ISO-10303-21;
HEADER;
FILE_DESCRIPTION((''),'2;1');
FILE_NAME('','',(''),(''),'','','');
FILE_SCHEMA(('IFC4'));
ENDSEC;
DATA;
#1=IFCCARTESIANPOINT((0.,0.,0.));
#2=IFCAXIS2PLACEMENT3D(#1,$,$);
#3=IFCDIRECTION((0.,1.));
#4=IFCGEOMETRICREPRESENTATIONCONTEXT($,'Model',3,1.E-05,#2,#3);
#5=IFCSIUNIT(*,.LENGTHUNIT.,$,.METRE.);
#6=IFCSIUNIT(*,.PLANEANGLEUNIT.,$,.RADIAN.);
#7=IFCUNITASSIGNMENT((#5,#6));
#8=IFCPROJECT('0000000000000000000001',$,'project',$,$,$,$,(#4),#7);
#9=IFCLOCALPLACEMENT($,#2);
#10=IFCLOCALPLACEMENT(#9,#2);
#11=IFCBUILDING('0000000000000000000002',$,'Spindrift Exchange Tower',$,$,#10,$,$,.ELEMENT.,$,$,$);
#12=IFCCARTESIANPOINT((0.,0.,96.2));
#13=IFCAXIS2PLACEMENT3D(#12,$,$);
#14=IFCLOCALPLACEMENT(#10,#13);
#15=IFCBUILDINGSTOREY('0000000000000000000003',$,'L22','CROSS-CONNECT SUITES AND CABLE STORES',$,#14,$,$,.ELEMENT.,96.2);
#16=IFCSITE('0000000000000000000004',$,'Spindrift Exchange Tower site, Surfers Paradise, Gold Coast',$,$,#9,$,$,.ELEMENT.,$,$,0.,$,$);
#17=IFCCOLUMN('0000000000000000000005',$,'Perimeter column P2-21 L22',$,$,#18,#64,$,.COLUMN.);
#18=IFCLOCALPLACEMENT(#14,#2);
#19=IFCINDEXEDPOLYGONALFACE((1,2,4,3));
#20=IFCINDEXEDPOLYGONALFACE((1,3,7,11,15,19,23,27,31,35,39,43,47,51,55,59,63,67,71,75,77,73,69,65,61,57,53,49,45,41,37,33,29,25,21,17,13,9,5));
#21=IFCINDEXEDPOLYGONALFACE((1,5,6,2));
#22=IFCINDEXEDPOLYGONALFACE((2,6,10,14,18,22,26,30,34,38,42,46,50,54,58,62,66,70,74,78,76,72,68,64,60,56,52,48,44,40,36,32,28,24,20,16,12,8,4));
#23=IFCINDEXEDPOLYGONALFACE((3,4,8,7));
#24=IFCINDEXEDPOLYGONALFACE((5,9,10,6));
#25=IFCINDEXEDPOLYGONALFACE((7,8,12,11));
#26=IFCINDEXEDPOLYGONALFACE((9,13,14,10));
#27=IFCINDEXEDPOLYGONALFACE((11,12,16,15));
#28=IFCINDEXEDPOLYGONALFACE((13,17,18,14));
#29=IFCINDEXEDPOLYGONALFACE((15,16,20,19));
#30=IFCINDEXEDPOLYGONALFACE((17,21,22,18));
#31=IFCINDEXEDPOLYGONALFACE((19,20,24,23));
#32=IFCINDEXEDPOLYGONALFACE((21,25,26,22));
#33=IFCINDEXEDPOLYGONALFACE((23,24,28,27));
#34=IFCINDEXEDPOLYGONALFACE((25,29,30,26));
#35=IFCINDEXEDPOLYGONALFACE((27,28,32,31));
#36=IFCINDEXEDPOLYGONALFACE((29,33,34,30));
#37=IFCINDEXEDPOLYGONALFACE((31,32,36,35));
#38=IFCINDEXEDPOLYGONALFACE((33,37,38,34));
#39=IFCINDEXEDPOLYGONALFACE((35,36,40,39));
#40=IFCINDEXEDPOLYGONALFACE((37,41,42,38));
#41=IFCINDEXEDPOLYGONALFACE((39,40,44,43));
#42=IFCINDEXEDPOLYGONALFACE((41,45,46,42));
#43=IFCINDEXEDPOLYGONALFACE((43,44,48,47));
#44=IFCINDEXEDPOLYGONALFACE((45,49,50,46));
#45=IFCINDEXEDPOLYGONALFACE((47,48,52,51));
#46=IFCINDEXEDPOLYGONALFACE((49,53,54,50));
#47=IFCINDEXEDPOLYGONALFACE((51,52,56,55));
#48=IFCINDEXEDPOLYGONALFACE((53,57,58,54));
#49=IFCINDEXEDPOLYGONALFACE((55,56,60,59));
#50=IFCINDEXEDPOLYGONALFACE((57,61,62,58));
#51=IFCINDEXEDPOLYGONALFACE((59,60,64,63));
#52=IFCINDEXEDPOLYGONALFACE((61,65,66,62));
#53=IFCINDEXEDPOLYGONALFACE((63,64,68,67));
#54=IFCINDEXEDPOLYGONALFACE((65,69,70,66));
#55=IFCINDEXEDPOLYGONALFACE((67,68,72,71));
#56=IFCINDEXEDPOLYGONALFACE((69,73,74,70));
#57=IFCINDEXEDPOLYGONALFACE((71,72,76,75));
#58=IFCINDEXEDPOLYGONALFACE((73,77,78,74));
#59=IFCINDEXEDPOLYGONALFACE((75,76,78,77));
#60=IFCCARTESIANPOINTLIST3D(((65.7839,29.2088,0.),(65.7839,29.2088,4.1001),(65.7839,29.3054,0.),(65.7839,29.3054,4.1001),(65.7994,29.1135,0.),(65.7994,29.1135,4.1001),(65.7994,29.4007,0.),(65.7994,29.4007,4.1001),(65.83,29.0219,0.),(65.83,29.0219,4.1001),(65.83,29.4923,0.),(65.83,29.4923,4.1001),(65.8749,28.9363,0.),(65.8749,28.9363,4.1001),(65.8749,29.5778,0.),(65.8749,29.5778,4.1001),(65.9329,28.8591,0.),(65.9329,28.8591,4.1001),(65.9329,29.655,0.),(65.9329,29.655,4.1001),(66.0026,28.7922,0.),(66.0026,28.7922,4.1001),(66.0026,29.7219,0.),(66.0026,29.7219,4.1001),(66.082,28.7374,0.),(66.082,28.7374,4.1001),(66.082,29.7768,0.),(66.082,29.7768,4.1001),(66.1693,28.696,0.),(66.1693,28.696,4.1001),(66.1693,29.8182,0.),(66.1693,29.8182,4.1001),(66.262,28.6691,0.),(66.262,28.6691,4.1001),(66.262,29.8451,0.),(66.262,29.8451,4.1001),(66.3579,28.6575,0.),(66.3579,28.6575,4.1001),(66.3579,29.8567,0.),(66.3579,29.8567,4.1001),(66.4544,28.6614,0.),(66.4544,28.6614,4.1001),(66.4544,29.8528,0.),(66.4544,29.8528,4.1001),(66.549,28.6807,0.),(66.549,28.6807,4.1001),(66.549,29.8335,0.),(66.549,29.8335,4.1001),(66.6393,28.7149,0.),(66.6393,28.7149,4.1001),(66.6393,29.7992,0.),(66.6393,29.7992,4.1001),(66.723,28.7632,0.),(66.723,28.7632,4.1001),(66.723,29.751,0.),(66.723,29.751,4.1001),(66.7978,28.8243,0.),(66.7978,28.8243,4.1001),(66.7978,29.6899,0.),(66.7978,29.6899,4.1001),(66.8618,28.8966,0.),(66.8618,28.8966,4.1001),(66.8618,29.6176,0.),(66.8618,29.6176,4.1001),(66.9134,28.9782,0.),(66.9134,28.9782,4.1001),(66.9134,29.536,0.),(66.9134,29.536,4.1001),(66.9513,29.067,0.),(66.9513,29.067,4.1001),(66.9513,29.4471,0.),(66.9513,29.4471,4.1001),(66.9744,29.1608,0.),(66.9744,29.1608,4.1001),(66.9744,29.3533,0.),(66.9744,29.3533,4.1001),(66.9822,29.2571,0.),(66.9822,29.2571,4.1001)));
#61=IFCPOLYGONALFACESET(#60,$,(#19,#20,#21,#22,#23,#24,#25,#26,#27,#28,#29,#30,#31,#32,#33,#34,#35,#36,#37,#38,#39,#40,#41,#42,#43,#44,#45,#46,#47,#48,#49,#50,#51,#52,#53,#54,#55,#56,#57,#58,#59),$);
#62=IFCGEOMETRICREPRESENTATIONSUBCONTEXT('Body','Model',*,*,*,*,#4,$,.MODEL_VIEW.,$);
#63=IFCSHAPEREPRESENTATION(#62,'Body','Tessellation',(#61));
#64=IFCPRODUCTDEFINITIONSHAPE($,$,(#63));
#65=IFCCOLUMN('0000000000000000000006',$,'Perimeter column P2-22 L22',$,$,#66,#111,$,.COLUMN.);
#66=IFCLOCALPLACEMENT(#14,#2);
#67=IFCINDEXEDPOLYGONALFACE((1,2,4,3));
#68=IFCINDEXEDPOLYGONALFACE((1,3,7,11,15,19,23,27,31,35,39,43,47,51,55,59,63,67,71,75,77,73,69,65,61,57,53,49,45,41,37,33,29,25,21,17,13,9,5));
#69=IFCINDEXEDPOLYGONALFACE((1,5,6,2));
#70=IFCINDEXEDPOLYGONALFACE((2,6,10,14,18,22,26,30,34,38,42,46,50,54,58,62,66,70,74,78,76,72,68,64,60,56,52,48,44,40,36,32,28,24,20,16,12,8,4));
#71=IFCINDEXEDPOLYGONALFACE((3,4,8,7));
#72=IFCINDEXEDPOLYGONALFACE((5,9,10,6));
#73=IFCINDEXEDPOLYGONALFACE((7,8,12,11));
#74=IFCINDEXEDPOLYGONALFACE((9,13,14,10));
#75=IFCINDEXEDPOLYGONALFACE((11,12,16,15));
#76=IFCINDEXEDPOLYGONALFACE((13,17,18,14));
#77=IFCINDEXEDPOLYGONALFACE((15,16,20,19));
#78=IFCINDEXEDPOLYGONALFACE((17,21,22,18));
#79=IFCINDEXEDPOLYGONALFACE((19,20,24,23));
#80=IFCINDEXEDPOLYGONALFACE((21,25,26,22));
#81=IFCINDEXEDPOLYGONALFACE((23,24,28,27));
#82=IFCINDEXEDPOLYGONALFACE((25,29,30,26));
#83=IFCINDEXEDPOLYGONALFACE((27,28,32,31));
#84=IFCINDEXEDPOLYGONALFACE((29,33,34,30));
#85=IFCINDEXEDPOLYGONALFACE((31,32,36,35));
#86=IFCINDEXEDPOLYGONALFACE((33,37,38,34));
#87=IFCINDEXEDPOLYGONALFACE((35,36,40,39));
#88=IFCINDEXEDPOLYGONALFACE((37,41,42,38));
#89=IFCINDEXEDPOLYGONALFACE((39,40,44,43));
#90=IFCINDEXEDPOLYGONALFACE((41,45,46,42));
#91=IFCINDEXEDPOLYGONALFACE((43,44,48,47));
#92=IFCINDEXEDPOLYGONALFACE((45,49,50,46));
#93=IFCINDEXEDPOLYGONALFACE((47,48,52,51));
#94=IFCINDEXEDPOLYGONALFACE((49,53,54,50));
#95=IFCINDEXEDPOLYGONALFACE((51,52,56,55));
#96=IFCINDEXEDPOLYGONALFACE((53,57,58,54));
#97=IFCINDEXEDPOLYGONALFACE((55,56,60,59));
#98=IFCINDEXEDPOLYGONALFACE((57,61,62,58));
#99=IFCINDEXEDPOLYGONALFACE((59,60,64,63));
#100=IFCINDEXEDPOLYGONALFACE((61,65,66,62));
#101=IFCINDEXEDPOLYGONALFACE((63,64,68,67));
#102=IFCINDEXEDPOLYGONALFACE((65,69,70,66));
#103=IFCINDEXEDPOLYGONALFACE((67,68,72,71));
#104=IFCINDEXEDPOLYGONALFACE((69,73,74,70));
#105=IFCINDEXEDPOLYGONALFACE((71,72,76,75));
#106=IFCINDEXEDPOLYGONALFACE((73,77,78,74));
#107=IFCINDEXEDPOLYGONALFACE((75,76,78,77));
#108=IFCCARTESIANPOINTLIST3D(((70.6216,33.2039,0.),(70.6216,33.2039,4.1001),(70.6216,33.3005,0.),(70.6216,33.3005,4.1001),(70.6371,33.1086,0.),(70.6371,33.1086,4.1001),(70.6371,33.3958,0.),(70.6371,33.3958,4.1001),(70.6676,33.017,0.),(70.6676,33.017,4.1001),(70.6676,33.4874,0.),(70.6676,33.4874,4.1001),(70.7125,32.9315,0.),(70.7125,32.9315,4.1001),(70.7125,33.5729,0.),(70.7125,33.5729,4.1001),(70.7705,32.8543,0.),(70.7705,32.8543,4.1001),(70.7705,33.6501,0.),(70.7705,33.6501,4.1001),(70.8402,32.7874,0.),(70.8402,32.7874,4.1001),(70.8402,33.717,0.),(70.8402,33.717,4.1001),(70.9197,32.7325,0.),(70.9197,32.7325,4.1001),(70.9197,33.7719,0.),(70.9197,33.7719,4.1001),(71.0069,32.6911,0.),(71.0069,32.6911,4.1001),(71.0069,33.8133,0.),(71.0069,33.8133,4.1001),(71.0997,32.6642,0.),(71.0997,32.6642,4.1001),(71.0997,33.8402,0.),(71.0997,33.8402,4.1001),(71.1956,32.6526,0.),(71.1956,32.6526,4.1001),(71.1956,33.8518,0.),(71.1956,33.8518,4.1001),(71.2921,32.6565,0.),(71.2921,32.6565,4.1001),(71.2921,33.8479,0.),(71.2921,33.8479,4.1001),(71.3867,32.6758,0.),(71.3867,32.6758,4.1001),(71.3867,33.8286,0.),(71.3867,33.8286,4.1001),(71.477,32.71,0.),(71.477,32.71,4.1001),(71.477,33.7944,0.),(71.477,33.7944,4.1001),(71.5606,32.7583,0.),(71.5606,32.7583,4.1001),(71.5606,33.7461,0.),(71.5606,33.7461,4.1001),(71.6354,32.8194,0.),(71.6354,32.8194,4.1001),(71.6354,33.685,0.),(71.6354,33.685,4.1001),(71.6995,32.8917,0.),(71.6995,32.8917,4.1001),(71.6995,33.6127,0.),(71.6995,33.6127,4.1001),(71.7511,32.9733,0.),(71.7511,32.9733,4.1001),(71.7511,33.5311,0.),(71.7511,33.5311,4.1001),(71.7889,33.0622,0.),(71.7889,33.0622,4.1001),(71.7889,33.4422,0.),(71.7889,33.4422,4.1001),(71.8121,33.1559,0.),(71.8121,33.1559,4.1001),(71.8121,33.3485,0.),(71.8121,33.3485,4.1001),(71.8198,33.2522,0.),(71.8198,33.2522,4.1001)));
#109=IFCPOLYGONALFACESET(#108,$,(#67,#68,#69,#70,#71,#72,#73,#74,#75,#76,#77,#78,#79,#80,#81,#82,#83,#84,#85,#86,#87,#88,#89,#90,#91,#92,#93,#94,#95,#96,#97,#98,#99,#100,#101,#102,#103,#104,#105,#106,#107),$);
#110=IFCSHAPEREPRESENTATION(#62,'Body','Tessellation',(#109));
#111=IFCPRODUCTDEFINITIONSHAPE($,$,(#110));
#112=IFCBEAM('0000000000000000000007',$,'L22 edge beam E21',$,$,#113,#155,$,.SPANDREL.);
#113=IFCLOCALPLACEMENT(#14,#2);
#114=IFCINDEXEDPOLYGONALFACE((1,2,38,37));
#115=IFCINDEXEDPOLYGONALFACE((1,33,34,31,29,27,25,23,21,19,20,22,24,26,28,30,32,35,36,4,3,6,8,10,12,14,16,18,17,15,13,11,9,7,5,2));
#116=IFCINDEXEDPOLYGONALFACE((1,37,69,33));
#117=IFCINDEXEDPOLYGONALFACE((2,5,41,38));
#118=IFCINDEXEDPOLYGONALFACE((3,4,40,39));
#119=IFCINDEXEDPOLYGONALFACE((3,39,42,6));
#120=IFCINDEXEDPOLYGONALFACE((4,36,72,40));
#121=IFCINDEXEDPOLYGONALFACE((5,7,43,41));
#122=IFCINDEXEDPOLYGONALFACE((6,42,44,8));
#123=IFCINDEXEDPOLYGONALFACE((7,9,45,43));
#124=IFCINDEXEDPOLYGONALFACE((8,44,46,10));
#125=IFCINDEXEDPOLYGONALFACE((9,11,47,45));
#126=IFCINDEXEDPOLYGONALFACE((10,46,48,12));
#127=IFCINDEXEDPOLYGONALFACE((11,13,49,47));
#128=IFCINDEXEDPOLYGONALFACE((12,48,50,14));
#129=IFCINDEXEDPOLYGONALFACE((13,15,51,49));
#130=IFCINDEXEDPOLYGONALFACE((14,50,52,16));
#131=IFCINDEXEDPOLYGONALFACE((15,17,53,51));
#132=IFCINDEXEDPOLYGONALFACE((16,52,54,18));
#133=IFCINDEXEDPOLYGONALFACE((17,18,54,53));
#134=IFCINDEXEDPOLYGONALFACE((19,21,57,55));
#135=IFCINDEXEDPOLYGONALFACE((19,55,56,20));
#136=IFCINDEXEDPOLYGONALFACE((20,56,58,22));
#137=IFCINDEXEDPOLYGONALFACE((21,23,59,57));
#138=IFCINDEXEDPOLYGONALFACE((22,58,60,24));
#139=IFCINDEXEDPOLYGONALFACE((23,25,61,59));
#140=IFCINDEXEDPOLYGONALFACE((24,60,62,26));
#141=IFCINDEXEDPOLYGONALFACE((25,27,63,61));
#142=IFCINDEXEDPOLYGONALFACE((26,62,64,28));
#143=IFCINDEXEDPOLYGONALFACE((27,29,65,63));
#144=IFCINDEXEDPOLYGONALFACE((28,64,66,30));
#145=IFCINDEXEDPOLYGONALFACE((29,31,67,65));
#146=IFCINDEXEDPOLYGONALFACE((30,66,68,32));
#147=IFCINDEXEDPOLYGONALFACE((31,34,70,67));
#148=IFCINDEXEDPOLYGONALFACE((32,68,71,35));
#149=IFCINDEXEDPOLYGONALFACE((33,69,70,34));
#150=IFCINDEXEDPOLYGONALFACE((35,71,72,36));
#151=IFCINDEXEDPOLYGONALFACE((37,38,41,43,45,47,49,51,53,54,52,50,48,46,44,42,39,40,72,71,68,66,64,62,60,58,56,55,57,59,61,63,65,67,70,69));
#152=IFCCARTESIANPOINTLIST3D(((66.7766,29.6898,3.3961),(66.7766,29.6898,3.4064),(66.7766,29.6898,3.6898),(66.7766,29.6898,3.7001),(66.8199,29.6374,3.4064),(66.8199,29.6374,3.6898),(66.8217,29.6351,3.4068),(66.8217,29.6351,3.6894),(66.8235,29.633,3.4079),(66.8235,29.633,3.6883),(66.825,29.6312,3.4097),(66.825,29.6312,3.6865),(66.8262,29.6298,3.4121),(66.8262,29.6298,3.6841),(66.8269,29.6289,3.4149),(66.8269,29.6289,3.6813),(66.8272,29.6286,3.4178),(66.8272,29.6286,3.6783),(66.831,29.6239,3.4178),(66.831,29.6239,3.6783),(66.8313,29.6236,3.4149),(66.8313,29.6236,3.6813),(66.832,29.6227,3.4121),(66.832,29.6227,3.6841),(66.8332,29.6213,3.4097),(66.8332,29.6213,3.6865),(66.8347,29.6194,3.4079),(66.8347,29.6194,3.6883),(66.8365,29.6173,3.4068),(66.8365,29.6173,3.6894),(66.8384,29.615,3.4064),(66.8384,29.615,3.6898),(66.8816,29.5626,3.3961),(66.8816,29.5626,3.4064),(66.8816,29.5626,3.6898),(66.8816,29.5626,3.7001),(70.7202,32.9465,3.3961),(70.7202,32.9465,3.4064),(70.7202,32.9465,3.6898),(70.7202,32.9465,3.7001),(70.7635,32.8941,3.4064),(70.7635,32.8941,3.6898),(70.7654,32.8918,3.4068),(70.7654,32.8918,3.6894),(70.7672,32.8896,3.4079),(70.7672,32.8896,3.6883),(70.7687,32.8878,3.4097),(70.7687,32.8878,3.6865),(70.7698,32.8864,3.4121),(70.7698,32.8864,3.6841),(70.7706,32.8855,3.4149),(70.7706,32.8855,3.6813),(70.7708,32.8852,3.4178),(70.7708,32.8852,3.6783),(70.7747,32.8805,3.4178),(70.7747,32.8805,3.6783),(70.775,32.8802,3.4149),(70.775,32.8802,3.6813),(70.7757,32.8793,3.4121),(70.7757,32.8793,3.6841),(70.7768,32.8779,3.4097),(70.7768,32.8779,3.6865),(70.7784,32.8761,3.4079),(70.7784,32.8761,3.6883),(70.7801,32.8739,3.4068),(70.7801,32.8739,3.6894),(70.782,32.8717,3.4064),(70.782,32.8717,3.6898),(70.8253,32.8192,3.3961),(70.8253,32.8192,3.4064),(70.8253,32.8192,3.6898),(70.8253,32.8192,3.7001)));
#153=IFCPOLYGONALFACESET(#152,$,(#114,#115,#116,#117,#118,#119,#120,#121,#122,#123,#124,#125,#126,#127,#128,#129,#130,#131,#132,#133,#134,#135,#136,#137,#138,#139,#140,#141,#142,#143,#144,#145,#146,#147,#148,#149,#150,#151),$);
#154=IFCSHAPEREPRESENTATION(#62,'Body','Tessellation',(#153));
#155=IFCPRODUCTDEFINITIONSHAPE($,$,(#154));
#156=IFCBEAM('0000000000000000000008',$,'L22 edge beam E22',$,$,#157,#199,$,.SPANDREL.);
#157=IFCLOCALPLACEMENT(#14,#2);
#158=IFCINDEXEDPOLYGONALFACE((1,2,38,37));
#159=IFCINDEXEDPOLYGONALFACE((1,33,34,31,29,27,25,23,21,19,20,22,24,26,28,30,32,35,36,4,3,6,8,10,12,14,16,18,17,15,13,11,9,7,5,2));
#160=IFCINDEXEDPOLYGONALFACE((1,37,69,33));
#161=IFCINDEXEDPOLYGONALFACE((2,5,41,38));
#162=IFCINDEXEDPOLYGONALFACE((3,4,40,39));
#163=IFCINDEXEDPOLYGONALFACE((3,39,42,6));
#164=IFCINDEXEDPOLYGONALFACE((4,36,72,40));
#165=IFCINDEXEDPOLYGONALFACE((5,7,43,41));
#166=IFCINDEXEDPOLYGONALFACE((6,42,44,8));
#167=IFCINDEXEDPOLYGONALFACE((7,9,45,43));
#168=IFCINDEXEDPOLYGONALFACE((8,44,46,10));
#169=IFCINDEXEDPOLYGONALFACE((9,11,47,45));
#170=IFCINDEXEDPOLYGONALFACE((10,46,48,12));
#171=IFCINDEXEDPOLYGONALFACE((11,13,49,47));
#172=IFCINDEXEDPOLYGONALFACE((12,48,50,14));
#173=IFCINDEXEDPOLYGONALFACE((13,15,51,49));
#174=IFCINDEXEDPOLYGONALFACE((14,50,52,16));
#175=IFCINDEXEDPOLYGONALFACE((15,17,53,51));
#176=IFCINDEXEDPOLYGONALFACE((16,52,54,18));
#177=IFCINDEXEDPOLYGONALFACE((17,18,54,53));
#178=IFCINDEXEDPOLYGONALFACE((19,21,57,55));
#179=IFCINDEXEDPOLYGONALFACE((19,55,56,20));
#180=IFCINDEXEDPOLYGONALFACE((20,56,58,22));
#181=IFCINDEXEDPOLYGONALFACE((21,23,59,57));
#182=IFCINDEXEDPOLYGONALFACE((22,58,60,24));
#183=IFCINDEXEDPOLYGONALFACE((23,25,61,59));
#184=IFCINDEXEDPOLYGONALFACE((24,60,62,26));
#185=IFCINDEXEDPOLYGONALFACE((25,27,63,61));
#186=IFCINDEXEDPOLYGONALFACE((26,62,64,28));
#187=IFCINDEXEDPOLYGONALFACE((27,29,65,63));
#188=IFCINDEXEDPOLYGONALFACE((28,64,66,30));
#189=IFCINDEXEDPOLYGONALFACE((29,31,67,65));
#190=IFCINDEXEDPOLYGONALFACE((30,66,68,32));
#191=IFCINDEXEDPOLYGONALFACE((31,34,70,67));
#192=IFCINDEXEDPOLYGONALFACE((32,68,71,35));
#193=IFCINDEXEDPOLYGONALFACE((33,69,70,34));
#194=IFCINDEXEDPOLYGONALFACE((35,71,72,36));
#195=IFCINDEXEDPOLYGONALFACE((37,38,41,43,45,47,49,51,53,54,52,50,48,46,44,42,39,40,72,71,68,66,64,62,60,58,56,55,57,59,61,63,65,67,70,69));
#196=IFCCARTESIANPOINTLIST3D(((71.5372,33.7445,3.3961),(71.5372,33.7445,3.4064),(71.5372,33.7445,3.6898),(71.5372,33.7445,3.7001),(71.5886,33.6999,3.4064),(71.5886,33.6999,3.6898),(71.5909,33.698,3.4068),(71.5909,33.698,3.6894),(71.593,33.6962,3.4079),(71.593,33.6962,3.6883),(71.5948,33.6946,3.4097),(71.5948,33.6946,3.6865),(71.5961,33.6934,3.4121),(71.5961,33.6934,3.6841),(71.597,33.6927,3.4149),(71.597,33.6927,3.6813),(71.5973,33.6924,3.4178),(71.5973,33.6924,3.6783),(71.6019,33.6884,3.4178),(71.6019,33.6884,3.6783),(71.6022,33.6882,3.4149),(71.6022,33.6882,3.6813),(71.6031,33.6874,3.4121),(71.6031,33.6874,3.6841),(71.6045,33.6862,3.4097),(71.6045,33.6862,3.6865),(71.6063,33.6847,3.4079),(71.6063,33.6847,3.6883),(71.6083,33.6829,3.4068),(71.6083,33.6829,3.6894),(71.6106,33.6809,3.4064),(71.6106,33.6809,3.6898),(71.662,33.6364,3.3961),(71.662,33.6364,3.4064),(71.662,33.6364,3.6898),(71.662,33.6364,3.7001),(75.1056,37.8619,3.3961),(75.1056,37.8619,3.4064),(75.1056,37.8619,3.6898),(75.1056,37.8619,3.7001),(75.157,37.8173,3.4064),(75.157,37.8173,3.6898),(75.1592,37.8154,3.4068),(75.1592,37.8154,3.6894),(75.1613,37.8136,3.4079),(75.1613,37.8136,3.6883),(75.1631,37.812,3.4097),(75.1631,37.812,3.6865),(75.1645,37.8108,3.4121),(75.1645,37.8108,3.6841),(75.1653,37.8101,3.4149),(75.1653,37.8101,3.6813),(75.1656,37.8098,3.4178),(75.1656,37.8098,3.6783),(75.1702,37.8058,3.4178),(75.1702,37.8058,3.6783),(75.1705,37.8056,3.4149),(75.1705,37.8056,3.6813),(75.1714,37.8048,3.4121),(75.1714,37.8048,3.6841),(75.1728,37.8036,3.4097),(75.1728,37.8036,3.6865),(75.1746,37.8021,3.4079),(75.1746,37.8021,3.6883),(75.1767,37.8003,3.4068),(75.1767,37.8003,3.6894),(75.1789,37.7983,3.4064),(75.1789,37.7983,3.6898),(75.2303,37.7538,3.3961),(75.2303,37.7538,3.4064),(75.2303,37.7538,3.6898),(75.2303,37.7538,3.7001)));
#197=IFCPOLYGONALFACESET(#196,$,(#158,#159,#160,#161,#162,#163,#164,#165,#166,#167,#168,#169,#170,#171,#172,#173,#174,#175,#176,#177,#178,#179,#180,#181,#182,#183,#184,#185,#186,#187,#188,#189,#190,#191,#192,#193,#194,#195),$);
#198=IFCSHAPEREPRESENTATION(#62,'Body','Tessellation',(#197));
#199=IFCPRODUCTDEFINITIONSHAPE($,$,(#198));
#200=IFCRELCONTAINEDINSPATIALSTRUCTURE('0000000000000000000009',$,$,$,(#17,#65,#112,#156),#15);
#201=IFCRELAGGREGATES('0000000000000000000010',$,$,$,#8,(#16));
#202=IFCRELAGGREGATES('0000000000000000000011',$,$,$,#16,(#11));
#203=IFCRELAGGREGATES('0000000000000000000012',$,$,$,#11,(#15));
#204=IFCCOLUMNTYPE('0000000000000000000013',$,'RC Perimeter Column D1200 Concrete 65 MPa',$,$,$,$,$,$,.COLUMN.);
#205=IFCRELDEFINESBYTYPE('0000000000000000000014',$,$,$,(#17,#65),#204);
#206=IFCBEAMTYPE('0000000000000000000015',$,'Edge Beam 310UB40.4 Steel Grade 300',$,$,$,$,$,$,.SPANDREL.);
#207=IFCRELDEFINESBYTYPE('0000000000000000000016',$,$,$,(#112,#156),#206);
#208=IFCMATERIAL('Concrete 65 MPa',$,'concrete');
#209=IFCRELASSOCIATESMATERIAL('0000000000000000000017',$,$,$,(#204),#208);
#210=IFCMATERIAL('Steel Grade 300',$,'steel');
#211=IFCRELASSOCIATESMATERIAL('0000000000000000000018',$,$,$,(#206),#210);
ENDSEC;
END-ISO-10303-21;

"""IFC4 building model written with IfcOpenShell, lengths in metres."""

from ifc_helpers import new_model, si_unit, direction, frame, origin, origin_2d, place, context, subcontext, project, spatial, circle, i_section, extrude, source, transform, mapped, material, material_profile, profile_set, type_object, element, save


model = new_model("IFC4")

# Units and contexts
model_context = context("Model", 3, precision=1e-05, world=origin(), true_north=direction((0.0, 1.0)))
body_context = subcontext(model_context, "Body", "Model", "MODEL_VIEW")
ifc_project = project(units=[si_unit("LENGTHUNIT", "METRE"), si_unit("PLANEANGLEUNIT", "RADIAN")], contexts=[model_context])

# Site, building, storey
site_placement = place(None, origin())
site = spatial("IfcSite", under=ifc_project, at=site_placement, Name="Spindrift Exchange Tower site, Surfers Paradise, Gold Coast", CompositionType="ELEMENT", RefElevation=0.0)
building_placement = place(site_placement, origin())
building = spatial("IfcBuilding", under=site, at=building_placement, Name="Spindrift Exchange Tower", CompositionType="ELEMENT")
storey_placement = place(building_placement, frame((0.0, 0.0, 96.2)))
storey = spatial("IfcBuildingStorey", under=building, at=storey_placement, Name="L22", Description="CROSS-CONNECT SUITES AND CABLE STORES", CompositionType="ELEMENT", Elevation=96.2)

# Columns
ifc_material_1 = material(Name="Concrete 65 MPa", Category="concrete")
ifc_material_profile_1 = material_profile(ifc_material_1, circle(Radius=0.6001, at=origin_2d()), Name="RC D1200")
ifc_profile_set_1 = profile_set([ifc_material_profile_1], Name="Concrete 65 MPa")
column_type = type_object("IfcColumnType", Name="RC Perimeter Column D1200 Concrete 65 MPa", PredefinedType="COLUMN", material=ifc_profile_set_1)
shared_shape_1 = source(origin(), body_context, "Body", "SweptSolid", [
    extrude(circle(Radius=0.6001, at=origin_2d()), origin(), (0.0, 0.0, 1.0), 4.1001),
])
for number, where, z_axis, x_axis, name in (
    (1, (66.3821, 29.2571, 0.0), (0.0, 0.0, 1.0), (1.0, 0.0, 0.0), "Perimeter column P2-21 L22"),
    (2, (71.2197, 33.2522, 0.0), (0.0, 0.0, 1.0), (1.0, 0.0, 0.0), "Perimeter column P2-22 L22"),
):
    element("IfcColumn", number, at=place(storey_placement, frame(where, z_axis=z_axis, x_axis=x_axis)), inside=storey, type_object=column_type, Name=name, PredefinedType="COLUMN", context=body_context, shape_type="MappedRepresentation", body=[
        mapped(shared_shape_1, transform((0.0, 0.0, 0.0), scale=1.0)),
    ])

# Beams
ifc_material_2 = material(Name="Steel Grade 300", Category="steel")
ifc_material_profile_2 = material_profile(ifc_material_2, i_section(OverallWidth=0.165, OverallDepth=0.304, WebThickness=0.0061, FlangeThickness=0.0103, FilletRadius=0.0115, at=origin_2d()), Name="310UB40.4")
ifc_profile_set_2 = profile_set([ifc_material_profile_2], Name="Steel Grade 300")
beam_type_1 = type_object("IfcBeamType", Name="Edge Beam 310UB40.4 Steel Grade 300", PredefinedType="SPANDREL", material=ifc_profile_set_2)
shared_shape_2 = source(origin(), body_context, "Body", "SweptSolid", [
    extrude(i_section(OverallWidth=0.165, OverallDepth=0.304, WebThickness=0.0061, FlangeThickness=0.0103, FilletRadius=0.0115, at=origin_2d()), origin(), (0.0, 0.0, 1.0), 5.1145),
])
beam_1_placement = place(storey_placement, frame((66.8291, 29.6262, 3.5481), z_axis=(0.771074, 0.636746, 0.0), x_axis=(-0.636746, 0.771074, 0.0)))
element("IfcBeam", 3, at=beam_1_placement, inside=storey, type_object=beam_type_1, Name="L22 edge beam E21", PredefinedType="SPANDREL", context=body_context, shape_type="MappedRepresentation", body=[
    mapped(shared_shape_2, transform((0.0, 0.0, 0.0), scale=1.0)),
])
shared_shape_3 = source(origin(), body_context, "Body", "SweptSolid", [
    extrude(i_section(OverallWidth=0.165, OverallDepth=0.304, WebThickness=0.0061, FlangeThickness=0.0103, FilletRadius=0.0115, at=origin_2d()), origin(), (0.0, 0.0, 1.0), 5.4485),
])
beam_2_placement = place(storey_placement, frame((71.5996, 33.6904, 3.5481), z_axis=(0.654922, 0.755696, 0.0), x_axis=(-0.755696, 0.654922, 0.0)))
element("IfcBeam", 4, at=beam_2_placement, inside=storey, type_object=beam_type_1, Name="L22 edge beam E22", PredefinedType="SPANDREL", context=body_context, shape_type="MappedRepresentation", body=[
    mapped(shared_shape_3, transform((0.0, 0.0, 0.0), scale=1.0)),
])

save(model, "model.ifc")
